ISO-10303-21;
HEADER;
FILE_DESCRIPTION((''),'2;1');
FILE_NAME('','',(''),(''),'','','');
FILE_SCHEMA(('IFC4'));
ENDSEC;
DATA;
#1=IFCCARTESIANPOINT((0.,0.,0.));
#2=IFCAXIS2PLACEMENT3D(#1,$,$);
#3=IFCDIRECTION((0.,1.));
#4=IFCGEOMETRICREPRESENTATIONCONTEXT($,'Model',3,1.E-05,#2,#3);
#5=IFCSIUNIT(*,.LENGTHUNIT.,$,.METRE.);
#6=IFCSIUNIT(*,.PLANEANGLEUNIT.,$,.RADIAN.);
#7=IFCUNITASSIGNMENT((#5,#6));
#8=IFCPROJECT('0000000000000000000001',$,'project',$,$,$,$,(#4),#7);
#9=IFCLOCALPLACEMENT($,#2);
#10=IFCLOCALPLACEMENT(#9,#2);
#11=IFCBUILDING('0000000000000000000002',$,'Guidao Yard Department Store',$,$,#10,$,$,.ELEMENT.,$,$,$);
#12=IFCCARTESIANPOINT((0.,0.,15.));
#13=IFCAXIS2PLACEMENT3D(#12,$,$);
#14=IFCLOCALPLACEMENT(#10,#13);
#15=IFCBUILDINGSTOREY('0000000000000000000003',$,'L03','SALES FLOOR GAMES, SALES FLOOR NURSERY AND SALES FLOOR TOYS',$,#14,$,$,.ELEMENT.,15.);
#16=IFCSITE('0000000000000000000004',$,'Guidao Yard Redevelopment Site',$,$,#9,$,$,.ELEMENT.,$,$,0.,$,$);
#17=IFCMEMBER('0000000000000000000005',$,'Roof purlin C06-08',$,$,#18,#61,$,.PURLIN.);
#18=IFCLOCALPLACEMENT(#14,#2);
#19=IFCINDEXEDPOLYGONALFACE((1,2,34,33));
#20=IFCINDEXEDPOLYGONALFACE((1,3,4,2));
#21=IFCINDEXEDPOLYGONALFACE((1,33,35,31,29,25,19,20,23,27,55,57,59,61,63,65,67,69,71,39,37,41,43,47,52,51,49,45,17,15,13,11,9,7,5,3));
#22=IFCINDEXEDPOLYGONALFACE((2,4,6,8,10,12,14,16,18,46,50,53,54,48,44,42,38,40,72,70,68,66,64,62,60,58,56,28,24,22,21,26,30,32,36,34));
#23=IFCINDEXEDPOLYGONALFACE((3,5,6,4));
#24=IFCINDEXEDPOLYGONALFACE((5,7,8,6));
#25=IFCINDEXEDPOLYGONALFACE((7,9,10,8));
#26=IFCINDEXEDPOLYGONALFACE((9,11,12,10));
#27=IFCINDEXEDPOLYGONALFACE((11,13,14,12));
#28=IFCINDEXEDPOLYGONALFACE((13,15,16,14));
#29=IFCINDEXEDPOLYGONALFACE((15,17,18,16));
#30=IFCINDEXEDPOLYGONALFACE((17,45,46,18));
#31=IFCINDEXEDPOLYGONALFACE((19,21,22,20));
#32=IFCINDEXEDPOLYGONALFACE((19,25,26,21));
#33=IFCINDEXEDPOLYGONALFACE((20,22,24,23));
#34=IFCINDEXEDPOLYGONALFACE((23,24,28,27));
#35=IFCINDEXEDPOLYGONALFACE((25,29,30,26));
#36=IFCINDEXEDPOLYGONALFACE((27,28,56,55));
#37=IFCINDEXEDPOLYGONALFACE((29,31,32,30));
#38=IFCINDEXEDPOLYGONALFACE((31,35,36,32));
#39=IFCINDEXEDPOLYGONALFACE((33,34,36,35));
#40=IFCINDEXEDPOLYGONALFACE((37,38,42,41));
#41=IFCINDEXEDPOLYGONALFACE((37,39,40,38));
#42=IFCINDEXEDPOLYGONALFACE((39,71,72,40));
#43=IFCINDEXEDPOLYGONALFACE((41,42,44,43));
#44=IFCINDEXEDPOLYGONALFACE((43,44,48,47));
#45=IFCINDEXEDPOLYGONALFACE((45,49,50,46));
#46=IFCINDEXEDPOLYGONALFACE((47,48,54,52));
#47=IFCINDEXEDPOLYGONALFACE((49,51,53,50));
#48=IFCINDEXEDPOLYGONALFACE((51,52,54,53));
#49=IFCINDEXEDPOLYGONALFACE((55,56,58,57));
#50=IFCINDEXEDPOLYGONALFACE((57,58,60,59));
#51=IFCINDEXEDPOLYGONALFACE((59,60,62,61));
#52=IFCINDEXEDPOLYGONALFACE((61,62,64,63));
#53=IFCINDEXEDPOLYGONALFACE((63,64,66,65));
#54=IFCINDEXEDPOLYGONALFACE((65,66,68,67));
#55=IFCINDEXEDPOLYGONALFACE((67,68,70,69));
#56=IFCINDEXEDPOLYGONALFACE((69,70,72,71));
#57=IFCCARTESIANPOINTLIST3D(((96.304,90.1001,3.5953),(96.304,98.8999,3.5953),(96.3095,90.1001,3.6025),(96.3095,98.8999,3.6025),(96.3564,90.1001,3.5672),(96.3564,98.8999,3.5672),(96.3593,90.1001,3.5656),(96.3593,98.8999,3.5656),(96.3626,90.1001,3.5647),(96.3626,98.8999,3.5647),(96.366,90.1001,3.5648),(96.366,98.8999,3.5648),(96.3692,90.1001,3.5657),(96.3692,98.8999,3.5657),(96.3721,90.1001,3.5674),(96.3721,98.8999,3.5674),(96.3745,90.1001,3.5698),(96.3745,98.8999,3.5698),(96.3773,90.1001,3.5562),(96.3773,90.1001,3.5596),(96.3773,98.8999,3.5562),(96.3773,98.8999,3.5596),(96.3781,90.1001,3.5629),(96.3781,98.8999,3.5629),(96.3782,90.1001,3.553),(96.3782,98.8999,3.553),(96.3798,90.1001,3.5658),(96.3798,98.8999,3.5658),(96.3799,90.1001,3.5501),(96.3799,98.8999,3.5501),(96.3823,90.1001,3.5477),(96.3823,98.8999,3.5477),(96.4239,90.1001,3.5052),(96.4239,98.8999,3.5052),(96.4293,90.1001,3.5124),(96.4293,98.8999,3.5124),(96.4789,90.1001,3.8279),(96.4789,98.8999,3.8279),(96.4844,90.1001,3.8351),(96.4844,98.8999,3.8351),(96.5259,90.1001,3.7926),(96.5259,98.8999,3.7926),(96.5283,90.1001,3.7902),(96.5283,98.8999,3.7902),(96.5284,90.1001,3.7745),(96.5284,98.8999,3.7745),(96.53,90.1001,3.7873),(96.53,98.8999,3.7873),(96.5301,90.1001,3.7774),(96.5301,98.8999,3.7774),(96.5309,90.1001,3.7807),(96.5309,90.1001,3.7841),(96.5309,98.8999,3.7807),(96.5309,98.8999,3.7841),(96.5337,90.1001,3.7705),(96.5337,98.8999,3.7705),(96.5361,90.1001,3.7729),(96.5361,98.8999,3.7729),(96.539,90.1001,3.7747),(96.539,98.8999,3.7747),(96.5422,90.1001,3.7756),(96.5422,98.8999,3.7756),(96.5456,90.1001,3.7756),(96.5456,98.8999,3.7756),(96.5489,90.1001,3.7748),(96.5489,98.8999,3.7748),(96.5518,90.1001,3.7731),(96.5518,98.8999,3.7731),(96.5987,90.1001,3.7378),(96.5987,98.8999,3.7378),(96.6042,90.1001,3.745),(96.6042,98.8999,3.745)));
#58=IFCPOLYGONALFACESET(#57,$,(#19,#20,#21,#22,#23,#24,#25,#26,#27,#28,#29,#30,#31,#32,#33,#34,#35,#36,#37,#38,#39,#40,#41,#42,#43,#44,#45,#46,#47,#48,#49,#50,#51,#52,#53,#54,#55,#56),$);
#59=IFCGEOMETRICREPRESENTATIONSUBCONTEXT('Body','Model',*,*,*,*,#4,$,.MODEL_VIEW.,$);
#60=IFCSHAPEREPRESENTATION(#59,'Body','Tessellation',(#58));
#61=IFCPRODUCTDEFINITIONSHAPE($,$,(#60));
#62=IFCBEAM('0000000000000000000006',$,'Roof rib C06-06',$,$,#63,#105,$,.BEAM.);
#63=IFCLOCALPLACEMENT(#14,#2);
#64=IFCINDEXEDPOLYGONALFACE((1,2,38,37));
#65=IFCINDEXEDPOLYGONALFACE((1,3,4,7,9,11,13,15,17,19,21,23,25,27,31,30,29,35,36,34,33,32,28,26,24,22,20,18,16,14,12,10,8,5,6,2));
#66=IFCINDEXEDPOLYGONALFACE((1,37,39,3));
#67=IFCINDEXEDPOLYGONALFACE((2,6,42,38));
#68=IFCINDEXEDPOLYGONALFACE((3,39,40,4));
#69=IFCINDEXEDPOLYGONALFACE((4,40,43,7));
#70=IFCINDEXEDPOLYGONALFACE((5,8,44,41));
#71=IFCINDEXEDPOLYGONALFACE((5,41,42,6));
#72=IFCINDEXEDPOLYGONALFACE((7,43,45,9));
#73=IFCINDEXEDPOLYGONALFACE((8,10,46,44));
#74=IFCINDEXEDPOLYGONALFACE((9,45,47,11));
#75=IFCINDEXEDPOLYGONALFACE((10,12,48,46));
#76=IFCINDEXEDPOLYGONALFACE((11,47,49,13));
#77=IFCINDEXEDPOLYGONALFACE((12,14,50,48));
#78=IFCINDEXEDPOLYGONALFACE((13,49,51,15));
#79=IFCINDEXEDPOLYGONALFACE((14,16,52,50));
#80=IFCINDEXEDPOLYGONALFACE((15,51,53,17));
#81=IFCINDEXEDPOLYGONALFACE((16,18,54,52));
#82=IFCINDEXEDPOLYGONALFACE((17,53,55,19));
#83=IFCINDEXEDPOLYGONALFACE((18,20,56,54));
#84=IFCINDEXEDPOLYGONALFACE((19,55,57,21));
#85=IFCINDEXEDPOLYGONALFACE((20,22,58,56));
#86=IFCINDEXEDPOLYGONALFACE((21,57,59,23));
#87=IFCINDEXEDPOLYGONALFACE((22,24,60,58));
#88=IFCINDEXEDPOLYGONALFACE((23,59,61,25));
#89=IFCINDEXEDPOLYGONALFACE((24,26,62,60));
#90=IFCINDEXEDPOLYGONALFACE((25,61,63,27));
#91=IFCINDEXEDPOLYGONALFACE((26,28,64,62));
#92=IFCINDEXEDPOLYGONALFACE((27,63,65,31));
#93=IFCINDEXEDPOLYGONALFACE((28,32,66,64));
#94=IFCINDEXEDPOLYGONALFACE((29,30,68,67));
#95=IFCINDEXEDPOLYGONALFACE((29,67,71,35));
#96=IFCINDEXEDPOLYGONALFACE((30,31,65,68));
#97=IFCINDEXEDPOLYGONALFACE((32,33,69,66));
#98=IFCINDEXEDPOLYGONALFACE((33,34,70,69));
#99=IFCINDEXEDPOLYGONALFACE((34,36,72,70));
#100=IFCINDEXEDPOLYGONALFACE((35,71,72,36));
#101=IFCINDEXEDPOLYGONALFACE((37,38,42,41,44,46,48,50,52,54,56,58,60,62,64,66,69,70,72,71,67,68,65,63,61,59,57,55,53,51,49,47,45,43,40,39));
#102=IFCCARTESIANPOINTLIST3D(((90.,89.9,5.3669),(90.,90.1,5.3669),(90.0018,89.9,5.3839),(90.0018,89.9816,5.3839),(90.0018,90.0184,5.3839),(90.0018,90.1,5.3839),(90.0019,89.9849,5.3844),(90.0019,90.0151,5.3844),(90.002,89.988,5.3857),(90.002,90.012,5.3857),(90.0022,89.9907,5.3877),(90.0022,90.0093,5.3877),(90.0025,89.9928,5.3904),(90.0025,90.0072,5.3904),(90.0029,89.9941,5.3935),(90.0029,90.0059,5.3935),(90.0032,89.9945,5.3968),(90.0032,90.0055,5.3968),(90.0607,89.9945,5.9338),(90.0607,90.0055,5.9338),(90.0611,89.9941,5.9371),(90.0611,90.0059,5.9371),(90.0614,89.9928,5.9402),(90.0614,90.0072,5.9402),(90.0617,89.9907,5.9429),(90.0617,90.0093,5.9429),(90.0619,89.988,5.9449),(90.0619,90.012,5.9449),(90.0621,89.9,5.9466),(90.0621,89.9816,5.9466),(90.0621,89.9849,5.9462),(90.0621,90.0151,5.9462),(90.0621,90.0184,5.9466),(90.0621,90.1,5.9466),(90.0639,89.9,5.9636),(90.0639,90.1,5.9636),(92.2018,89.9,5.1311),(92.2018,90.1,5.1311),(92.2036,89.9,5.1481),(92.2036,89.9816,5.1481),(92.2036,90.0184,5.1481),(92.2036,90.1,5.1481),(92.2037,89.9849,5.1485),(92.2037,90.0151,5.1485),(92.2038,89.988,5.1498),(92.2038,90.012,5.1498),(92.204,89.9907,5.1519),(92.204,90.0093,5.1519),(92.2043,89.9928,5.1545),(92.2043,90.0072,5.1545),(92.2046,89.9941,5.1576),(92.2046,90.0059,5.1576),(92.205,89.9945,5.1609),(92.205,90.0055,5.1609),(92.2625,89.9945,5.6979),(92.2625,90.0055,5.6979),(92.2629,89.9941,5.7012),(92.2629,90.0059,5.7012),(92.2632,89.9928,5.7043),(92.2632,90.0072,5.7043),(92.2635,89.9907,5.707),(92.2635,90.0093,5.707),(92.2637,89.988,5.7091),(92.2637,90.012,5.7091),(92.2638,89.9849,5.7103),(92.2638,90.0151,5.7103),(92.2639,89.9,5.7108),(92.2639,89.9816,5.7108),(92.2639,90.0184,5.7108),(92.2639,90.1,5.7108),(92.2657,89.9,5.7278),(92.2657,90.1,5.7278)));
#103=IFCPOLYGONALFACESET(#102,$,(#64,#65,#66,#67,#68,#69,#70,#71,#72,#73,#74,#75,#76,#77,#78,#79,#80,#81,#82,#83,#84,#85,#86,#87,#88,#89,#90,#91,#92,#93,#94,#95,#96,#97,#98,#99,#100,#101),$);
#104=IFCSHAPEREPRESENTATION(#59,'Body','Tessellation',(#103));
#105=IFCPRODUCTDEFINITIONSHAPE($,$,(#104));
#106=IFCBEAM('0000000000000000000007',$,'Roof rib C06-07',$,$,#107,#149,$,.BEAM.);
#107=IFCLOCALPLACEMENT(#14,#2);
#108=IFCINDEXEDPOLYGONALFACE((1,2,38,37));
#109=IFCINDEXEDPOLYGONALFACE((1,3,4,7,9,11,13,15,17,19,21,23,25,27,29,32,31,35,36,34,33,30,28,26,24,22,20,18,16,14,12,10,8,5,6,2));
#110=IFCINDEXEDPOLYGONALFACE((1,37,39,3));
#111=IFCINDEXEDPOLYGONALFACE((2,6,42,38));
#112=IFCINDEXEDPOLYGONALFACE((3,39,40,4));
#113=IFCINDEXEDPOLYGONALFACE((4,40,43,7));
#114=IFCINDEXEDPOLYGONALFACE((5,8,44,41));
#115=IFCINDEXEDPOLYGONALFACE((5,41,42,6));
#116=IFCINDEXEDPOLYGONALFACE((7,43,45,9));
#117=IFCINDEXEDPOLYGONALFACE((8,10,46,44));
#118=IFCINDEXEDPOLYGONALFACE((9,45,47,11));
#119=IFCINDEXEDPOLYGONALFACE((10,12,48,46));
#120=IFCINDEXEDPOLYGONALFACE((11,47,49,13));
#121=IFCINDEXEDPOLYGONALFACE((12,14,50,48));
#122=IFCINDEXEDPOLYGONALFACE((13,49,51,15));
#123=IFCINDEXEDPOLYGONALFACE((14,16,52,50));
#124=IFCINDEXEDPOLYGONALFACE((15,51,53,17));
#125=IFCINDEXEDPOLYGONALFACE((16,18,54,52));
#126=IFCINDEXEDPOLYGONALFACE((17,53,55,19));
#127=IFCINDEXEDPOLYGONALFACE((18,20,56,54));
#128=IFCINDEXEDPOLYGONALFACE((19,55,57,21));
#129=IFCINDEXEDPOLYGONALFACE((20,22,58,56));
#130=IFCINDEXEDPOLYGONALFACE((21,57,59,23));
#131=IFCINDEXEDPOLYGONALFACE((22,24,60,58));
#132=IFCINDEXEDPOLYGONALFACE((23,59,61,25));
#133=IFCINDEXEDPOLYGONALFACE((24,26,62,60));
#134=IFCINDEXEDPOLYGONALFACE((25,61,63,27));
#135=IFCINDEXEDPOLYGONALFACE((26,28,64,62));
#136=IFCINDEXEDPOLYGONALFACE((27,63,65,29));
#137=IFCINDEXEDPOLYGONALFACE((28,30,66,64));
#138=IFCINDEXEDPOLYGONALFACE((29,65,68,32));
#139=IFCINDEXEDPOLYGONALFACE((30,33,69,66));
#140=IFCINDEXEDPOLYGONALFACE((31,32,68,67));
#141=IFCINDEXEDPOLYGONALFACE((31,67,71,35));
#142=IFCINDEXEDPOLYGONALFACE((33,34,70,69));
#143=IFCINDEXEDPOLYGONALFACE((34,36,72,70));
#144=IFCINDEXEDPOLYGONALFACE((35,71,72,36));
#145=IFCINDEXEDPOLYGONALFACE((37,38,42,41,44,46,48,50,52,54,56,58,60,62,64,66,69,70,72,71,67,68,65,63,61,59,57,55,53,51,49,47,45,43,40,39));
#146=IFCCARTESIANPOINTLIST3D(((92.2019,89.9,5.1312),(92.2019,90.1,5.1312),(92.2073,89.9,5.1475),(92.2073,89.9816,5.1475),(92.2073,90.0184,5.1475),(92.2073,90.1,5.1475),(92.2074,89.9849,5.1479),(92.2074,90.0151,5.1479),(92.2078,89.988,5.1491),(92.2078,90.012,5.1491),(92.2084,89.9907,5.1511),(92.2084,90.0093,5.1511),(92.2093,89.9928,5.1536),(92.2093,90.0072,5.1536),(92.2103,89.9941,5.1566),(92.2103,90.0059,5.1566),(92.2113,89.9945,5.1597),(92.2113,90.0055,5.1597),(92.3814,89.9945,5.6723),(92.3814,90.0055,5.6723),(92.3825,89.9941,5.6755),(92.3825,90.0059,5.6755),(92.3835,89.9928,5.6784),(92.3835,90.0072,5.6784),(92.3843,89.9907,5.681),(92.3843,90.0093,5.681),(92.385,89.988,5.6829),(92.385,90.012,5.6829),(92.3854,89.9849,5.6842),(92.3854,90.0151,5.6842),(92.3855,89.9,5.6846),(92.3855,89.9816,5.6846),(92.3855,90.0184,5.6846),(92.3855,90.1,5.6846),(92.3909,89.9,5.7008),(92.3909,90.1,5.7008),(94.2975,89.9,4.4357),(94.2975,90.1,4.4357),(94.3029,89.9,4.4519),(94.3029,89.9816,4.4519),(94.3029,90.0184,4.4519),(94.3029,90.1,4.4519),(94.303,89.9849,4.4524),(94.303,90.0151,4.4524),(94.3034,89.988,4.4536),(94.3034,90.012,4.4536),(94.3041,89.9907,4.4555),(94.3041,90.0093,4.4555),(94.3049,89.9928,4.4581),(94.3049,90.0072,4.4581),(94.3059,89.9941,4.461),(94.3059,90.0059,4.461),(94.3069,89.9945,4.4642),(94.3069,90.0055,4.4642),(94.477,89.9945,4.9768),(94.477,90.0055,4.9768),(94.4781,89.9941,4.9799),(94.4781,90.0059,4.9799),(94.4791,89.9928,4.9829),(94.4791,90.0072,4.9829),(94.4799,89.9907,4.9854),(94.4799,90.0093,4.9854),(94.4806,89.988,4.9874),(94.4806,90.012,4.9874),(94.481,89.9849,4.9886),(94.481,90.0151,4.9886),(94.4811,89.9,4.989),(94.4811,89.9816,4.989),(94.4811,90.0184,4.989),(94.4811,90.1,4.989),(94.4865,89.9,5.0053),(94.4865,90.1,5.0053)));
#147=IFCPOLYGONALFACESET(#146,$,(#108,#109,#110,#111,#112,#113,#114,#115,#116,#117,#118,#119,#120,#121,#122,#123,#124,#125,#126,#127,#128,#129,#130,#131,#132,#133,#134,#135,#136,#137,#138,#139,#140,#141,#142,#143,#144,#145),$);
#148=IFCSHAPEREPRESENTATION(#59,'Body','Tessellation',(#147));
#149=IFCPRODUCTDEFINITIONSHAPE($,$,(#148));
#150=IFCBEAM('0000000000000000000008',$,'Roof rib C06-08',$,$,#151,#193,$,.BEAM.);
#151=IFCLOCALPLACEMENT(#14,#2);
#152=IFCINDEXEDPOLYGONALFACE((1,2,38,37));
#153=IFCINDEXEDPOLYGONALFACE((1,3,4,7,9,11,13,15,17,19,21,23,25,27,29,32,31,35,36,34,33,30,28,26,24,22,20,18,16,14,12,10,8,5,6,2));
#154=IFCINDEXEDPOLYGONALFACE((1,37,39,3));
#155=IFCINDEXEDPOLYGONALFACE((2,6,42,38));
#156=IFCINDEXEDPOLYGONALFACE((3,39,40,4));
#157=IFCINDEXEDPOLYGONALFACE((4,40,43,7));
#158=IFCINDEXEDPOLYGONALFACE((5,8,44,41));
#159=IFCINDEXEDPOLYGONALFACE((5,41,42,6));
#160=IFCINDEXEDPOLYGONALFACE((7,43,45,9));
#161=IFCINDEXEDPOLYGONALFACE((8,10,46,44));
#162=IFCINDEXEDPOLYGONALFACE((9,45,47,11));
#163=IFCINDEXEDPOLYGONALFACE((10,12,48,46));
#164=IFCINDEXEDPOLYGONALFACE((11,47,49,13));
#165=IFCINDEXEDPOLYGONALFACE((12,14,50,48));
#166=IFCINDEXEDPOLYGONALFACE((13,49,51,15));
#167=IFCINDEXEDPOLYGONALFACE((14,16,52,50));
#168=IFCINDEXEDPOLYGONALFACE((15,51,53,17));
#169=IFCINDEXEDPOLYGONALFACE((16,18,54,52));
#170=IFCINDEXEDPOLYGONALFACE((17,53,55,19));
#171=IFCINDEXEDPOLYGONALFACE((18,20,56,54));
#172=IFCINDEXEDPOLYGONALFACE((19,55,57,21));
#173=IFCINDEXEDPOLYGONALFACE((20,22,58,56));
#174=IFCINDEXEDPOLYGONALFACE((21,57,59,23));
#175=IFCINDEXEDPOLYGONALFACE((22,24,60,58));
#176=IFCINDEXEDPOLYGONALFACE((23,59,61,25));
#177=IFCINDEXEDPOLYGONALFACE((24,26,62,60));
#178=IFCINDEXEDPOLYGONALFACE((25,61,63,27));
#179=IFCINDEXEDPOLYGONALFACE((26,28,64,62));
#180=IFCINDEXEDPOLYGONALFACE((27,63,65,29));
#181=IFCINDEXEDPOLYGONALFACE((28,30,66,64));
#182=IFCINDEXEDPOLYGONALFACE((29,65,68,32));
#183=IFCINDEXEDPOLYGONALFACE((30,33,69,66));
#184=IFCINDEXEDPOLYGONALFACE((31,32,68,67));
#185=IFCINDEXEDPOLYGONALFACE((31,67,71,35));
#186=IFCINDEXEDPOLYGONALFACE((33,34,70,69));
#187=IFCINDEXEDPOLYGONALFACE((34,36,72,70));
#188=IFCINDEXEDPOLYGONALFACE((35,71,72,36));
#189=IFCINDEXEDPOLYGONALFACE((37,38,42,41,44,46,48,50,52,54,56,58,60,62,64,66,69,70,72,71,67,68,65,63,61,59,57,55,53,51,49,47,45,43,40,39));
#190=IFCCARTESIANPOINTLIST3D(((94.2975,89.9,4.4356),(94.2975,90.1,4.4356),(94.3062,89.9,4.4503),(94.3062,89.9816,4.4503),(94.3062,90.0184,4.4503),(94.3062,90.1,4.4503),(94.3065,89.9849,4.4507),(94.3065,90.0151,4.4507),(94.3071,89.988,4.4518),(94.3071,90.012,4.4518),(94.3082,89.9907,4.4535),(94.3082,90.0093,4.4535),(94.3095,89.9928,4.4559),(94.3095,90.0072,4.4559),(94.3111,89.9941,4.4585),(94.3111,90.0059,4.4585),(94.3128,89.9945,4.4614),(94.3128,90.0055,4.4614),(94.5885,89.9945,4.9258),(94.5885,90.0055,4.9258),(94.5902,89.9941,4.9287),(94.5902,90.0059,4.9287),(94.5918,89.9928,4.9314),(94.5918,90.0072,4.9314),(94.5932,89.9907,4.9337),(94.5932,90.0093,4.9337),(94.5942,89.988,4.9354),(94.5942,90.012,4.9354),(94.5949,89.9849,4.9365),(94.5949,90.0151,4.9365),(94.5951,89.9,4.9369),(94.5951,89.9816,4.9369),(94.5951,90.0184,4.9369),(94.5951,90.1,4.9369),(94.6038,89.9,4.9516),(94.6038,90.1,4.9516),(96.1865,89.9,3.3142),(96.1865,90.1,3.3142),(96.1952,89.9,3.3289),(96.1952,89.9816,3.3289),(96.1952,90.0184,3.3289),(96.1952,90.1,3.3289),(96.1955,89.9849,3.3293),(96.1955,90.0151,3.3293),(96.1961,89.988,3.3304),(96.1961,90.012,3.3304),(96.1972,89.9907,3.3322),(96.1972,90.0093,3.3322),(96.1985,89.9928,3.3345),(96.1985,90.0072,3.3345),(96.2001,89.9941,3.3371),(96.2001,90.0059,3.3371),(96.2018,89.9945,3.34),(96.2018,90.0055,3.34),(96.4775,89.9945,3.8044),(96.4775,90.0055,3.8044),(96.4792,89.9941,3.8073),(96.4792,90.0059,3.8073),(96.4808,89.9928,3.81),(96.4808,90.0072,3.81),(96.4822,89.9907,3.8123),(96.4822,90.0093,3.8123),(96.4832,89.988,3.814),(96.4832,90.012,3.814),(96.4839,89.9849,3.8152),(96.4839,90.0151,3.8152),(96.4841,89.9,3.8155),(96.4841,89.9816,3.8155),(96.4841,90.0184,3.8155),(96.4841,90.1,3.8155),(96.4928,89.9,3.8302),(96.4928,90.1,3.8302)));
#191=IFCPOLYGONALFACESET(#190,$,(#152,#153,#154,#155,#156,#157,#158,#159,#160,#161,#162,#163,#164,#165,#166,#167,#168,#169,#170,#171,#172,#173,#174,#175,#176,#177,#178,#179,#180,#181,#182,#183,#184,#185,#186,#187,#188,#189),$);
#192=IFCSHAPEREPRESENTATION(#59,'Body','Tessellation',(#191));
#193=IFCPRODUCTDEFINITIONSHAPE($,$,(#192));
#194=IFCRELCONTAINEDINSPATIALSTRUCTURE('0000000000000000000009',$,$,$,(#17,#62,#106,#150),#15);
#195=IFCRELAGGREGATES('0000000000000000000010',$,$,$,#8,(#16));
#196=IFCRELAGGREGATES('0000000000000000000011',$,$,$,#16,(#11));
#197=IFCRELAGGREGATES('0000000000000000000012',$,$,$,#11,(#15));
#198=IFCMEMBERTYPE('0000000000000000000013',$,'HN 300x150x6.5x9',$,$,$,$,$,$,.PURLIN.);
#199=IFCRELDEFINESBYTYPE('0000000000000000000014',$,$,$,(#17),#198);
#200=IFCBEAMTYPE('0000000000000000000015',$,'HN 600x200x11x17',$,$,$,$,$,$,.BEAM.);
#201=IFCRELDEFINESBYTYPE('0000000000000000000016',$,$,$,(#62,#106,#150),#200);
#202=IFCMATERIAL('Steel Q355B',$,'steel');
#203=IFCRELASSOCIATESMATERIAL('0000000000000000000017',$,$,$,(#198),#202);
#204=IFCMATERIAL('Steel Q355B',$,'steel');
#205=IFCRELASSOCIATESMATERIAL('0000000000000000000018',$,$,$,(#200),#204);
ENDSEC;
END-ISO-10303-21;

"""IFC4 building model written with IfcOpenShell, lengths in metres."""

from ifc_helpers import new_model, si_unit, direction, frame, origin, origin_2d, place, context, subcontext, project, spatial, i_section, extrude, material, material_profile, profile_set, type_object, element, save


model = new_model("IFC4")

# Units and contexts
model_context = context("Model", 3, precision=1e-05, world=origin(), true_north=direction((0.0, 1.0)))
body_context = subcontext(model_context, "Body", "Model", "MODEL_VIEW")
ifc_project = project(units=[si_unit("LENGTHUNIT", "METRE"), si_unit("PLANEANGLEUNIT", "RADIAN")], contexts=[model_context])

# Site, building, storey
site_placement = place(None, origin())
site = spatial("IfcSite", under=ifc_project, at=site_placement, Name="Guidao Yard Redevelopment Site", CompositionType="ELEMENT", RefElevation=0.0)
building_placement = place(site_placement, origin())
building = spatial("IfcBuilding", under=site, at=building_placement, Name="Guidao Yard Department Store", CompositionType="ELEMENT")
storey_placement = place(building_placement, frame((0.0, 0.0, 15.0)))
storey = spatial("IfcBuildingStorey", under=building, at=storey_placement, Name="L03", Description="SALES FLOOR GAMES, SALES FLOOR NURSERY AND SALES FLOOR TOYS", CompositionType="ELEMENT", Elevation=15.0)

# Member
ifc_material_1 = material(Name="Steel Q355B", Category="steel")
ifc_material_profile_1 = material_profile(ifc_material_1, i_section(OverallWidth=0.1499, OverallDepth=0.3, WebThickness=0.0066, FlangeThickness=0.009, FilletRadius=0.0129, at=origin_2d()), Name="HN 300x150x6.5x9")
ifc_profile_set_1 = profile_set([ifc_material_profile_1], Name="Steel Q355B")
member_type_1 = type_object("IfcMemberType", Name="HN 300x150x6.5x9", PredefinedType="PURLIN", material=ifc_profile_set_1)
for number, where, z_axis, x_axis, name in (
    (1, (96.4541, 90.1001, 3.6702), (0.0, 1.0, 0.0), (-0.799284, 0.0, 0.600954), "Roof purlin C06-08"),
):
    element("IfcMember", number, at=place(storey_placement, frame(where, z_axis=z_axis, x_axis=x_axis)), inside=storey, type_object=member_type_1, Name=name, PredefinedType="PURLIN", context=body_context, shape_type="SweptSolid", body=[
        extrude(i_section(OverallWidth=0.1499, OverallDepth=0.3, WebThickness=0.0066, FlangeThickness=0.009, FilletRadius=0.0129, at=origin_2d()), origin(), (0.0, 0.0, 1.0), 8.7998),
    ])

# Beams
ifc_material_2 = material(Name="Steel Q355B", Category="steel")
ifc_material_profile_2 = material_profile(ifc_material_2, i_section(OverallWidth=0.2, OverallDepth=0.6001, WebThickness=0.011, FlangeThickness=0.0171, FilletRadius=0.0129, at=origin_2d()), Name="HN 600x200x11x17")
ifc_profile_set_2 = profile_set([ifc_material_profile_2], Name="Steel Q355B")
beam_type = type_object("IfcBeamType", Name="HN 600x200x11x17", PredefinedType="BEAM", material=ifc_profile_set_2)
beam_1_placement = place(storey_placement, frame((90.032, 90.0, 5.6653), z_axis=(0.994312, 0.0, -0.10651), x_axis=(0.0, 1.0, 0.0)))
element("IfcBeam", 2, at=beam_1_placement, inside=storey, type_object=beam_type, Name="Roof rib C06-06", PredefinedType="BEAM", context=body_context, shape_type="SweptSolid", body=[
    extrude(i_section(OverallWidth=0.2, OverallDepth=0.6001, WebThickness=0.011, FlangeThickness=0.0171, FilletRadius=0.0129, at=origin_2d()), origin(), (0.0, 0.0, 1.0), 2.2144),
])
beam_2_placement = place(storey_placement, frame((92.2964, 90.0, 5.416), z_axis=(0.949092, 0.0, -0.315), x_axis=(0.0, 1.0, 0.0)))
element("IfcBeam", 3, at=beam_2_placement, inside=storey, type_object=beam_type, Name="Roof rib C06-07", PredefinedType="BEAM", context=body_context, shape_type="SweptSolid", body=[
    extrude(i_section(OverallWidth=0.2, OverallDepth=0.6001, WebThickness=0.011, FlangeThickness=0.0171, FilletRadius=0.0129, at=origin_2d()), origin(), (0.0, 0.0, 1.0), 2.208),
])
beam_3_placement = place(storey_placement, frame((94.4507, 90.0, 4.6936), z_axis=(0.859896, 0.0, -0.510469), x_axis=(0.0, 1.0, 0.0)))
element("IfcBeam", 4, at=beam_3_placement, inside=storey, type_object=beam_type, Name="Roof rib C06-08", PredefinedType="BEAM", context=body_context, shape_type="SweptSolid", body=[
    extrude(i_section(OverallWidth=0.2, OverallDepth=0.6001, WebThickness=0.011, FlangeThickness=0.0171, FilletRadius=0.0129, at=origin_2d()), origin(), (0.0, 0.0, 1.0), 2.1968),
])

save(model, "model.ifc")
